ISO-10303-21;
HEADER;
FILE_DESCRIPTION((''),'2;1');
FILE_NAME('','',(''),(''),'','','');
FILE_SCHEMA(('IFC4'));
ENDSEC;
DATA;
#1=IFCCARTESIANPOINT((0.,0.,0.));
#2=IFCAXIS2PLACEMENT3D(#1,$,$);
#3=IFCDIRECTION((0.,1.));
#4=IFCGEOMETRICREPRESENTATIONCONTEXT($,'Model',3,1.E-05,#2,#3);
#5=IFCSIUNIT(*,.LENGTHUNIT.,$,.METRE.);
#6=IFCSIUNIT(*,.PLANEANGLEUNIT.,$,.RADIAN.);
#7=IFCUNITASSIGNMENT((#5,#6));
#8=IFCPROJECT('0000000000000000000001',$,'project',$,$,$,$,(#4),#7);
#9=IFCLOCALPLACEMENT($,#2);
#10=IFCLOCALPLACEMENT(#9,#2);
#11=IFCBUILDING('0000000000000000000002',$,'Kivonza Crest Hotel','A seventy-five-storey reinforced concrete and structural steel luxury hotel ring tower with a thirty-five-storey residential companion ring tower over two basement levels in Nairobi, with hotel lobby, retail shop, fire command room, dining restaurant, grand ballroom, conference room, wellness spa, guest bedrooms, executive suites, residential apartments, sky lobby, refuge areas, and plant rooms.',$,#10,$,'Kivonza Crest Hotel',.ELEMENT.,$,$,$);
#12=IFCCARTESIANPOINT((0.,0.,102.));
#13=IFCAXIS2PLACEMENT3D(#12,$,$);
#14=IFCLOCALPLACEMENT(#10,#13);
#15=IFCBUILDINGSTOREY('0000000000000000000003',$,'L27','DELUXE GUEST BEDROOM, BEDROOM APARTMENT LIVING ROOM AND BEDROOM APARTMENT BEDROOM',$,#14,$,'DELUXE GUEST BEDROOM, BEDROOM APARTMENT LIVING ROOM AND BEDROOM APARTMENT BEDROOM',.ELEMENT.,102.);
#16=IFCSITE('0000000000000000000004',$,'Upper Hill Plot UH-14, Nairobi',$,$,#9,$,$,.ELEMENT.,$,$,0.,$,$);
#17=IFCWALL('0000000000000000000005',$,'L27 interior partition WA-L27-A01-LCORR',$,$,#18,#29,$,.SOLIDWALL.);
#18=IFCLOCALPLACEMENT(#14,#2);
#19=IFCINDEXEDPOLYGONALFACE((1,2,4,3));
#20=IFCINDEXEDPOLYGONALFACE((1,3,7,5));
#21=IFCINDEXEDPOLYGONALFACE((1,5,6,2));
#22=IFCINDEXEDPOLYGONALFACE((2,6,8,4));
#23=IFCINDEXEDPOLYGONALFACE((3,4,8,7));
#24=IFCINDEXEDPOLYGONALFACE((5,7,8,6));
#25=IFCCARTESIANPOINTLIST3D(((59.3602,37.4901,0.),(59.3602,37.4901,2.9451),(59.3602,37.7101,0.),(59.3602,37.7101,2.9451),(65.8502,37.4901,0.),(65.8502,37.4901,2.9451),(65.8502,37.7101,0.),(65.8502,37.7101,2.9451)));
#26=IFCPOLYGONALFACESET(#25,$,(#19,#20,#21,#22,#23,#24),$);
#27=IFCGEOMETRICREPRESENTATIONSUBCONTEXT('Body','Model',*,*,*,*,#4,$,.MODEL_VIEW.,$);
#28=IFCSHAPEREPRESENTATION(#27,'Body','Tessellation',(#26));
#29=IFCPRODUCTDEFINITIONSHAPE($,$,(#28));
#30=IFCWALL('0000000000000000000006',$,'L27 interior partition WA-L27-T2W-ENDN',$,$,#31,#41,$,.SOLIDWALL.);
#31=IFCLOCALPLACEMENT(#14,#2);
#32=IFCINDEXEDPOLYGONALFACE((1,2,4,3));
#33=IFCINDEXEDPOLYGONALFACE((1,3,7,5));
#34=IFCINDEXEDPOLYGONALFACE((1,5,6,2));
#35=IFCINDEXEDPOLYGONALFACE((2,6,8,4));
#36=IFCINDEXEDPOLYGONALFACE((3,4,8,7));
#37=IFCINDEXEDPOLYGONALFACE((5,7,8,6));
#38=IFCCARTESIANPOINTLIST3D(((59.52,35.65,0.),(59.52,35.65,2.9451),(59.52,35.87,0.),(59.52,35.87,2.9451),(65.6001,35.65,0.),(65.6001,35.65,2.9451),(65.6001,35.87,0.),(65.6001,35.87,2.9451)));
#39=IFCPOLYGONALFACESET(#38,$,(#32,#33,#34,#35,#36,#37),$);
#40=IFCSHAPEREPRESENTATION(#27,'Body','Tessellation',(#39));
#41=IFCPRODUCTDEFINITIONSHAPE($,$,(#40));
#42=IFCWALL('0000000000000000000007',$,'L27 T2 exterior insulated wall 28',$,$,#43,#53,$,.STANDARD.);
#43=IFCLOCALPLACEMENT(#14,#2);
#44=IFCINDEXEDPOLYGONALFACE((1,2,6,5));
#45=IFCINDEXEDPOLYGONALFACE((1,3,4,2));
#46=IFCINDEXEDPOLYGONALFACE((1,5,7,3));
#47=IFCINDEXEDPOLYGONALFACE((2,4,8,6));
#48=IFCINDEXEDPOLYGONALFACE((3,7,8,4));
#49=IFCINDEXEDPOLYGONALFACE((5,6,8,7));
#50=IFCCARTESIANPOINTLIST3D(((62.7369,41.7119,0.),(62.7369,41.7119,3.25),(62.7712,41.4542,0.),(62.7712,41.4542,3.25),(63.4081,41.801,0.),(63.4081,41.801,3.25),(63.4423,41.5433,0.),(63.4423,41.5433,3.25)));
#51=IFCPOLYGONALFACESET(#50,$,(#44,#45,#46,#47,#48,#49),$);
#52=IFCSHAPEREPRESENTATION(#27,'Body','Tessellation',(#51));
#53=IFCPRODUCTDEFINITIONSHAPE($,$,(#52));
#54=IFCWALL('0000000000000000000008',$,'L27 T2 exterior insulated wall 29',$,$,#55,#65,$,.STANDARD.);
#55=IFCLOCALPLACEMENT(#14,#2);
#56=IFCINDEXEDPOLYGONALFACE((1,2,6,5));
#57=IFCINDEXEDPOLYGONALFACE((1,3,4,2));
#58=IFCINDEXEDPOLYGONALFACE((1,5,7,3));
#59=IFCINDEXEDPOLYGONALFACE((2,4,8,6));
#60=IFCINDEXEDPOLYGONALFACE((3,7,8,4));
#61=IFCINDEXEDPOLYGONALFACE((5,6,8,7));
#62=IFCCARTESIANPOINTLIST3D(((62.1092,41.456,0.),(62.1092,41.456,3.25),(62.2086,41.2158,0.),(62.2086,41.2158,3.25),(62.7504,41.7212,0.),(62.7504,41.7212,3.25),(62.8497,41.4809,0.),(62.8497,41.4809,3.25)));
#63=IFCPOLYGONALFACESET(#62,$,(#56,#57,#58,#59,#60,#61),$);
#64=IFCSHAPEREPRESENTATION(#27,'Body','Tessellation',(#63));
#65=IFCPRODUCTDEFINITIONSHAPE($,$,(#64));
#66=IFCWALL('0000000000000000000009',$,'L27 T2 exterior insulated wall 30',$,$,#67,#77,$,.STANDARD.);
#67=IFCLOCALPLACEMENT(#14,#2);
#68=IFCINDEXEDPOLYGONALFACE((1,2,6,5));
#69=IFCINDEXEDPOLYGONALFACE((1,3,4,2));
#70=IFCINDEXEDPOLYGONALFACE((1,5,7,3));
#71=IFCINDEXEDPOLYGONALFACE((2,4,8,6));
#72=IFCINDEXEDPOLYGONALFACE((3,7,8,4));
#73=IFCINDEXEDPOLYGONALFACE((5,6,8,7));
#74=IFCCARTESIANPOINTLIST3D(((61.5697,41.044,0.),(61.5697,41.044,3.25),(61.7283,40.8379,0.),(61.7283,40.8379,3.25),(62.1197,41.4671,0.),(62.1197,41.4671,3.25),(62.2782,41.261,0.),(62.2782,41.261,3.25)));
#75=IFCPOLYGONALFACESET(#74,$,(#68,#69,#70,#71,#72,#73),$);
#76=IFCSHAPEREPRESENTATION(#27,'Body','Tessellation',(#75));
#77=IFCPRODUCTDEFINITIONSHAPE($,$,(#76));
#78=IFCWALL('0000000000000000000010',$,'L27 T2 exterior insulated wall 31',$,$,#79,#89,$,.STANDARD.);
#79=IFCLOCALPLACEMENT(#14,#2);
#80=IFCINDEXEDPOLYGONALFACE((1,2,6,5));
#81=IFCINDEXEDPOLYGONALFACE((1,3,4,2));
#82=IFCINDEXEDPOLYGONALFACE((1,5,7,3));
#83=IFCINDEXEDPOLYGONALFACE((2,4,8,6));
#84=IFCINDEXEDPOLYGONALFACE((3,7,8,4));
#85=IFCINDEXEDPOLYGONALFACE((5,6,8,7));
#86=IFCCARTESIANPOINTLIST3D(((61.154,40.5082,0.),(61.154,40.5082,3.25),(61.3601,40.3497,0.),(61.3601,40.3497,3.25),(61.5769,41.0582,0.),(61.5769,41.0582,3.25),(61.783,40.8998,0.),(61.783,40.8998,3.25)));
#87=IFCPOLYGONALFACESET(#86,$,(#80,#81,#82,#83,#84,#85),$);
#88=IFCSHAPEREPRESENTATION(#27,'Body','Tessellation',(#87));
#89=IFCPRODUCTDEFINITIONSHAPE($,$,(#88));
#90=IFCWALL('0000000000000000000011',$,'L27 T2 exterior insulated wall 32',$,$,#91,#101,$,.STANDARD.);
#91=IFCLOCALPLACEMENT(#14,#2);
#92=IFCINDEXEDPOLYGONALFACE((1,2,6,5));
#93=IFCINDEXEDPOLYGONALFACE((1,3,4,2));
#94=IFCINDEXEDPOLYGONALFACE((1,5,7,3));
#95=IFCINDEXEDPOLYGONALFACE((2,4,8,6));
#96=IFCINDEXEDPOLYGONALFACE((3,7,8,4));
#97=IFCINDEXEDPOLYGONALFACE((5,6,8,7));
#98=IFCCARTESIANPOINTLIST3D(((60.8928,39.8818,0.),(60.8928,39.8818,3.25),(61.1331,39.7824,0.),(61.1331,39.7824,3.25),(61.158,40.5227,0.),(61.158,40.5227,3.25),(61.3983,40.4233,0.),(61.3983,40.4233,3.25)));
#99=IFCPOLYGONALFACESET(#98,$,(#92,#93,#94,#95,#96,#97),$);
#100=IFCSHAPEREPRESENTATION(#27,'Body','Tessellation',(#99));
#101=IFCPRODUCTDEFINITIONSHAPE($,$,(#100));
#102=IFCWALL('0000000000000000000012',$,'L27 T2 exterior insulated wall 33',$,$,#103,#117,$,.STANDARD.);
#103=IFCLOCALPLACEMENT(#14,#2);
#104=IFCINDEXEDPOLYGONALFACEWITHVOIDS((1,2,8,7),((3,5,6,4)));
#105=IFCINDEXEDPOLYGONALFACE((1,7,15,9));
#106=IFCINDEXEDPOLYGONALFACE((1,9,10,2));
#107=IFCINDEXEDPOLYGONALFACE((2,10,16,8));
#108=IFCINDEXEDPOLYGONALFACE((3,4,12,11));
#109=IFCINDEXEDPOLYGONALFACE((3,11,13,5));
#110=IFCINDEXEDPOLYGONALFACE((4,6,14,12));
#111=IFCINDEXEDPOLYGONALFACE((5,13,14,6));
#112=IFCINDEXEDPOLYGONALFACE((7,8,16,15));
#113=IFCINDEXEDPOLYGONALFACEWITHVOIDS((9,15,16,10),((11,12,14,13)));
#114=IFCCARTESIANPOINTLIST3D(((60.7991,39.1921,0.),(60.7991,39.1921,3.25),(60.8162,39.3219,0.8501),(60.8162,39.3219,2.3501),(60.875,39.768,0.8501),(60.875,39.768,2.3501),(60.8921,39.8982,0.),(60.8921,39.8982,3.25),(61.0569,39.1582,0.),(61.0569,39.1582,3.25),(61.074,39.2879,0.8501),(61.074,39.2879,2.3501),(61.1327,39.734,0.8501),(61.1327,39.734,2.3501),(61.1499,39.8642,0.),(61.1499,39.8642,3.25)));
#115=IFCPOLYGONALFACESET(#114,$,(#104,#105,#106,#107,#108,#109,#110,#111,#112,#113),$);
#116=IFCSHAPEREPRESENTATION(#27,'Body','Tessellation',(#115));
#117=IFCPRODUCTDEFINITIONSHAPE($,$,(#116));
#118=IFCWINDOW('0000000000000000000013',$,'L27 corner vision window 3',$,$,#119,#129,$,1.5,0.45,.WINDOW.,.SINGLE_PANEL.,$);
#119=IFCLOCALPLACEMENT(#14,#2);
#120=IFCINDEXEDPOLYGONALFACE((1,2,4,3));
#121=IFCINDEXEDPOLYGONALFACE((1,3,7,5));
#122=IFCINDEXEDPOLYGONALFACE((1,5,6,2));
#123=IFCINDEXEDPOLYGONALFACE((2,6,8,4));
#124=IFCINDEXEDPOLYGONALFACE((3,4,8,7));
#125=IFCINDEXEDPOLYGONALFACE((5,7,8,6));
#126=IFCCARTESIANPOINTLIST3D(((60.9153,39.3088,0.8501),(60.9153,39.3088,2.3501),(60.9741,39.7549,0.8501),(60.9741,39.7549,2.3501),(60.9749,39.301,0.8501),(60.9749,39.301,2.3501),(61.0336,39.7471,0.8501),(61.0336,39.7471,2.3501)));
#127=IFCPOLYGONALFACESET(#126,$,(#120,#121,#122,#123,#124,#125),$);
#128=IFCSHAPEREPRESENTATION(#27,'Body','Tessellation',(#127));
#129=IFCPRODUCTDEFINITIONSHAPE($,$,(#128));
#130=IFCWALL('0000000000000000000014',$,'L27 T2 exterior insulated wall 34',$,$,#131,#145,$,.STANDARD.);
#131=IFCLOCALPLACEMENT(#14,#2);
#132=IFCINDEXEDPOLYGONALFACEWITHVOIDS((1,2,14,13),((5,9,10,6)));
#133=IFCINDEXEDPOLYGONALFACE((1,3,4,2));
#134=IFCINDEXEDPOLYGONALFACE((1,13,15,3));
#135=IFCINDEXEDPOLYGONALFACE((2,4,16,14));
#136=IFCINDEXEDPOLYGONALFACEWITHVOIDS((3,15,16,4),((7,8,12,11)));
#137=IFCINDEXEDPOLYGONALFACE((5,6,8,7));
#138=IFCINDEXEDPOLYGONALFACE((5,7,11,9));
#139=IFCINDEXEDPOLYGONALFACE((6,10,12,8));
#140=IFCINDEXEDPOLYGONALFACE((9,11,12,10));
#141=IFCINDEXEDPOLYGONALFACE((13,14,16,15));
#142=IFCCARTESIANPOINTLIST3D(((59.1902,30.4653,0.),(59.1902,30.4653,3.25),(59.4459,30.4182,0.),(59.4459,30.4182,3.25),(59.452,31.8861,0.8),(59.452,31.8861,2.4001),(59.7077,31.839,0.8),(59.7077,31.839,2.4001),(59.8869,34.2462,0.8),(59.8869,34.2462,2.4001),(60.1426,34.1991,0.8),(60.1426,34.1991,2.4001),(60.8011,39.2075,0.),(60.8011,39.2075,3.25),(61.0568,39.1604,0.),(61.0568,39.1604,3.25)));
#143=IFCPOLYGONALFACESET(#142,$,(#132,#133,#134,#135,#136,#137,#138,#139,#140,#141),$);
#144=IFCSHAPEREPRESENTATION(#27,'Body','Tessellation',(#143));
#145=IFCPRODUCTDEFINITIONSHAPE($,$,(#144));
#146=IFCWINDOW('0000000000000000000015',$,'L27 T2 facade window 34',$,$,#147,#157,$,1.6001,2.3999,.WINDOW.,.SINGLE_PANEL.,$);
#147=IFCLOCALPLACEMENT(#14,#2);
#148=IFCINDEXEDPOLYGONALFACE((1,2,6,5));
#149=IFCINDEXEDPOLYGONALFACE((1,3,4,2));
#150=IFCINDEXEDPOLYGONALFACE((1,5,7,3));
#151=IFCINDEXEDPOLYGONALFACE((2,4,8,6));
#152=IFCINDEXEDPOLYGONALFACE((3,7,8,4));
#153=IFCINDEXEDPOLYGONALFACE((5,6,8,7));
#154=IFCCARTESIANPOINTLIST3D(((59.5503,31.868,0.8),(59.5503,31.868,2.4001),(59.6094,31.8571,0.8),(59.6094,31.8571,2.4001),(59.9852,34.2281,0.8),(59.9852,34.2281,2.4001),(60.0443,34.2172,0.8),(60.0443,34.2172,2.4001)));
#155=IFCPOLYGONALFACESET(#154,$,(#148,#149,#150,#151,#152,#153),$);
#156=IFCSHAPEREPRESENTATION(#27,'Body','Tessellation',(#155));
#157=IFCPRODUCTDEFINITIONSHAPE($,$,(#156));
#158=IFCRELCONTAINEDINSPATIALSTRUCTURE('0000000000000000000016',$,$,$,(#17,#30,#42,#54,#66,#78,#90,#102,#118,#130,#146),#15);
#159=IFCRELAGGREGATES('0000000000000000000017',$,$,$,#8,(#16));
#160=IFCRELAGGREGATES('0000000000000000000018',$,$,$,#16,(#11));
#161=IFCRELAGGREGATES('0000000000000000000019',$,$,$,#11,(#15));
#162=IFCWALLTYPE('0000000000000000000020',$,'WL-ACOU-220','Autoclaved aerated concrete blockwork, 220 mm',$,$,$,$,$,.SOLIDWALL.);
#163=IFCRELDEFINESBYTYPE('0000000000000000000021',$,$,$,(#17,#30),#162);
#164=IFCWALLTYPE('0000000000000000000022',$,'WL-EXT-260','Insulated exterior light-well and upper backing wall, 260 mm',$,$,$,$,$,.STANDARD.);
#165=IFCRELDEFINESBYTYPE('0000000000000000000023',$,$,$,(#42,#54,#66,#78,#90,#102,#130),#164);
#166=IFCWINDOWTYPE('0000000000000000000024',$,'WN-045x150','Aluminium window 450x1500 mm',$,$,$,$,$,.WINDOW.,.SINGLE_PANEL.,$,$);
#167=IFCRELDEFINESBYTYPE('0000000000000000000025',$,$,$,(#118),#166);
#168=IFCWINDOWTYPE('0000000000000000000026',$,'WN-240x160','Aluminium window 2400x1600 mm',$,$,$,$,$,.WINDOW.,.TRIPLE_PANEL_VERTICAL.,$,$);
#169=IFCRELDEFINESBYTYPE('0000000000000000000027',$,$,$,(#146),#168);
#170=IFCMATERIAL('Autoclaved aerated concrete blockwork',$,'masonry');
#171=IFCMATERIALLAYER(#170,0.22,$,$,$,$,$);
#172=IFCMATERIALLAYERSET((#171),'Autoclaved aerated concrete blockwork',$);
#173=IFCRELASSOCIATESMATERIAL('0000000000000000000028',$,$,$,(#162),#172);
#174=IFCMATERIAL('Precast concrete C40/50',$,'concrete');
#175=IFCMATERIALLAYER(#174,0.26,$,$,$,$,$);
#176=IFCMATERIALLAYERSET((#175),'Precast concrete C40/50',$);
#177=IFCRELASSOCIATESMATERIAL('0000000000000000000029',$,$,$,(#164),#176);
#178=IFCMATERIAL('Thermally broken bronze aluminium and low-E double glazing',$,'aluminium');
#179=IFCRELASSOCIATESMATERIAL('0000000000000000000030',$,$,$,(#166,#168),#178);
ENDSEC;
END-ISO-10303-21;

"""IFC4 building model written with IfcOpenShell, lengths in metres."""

from ifc_helpers import new_model, si_unit, direction, frame, frame_2d, origin, place, context, subcontext, project, spatial, rectangle, extrude, material, layer, layer_set, type_object, element, fill, save


model = new_model("IFC4")

# Units and contexts
model_context = context("Model", 3, precision=1e-05, world=origin(), true_north=direction((0.0, 1.0)))
body_context = subcontext(model_context, "Body", "Model", "MODEL_VIEW")
ifc_project = project(units=[si_unit("LENGTHUNIT", "METRE"), si_unit("PLANEANGLEUNIT", "RADIAN")], contexts=[model_context])

# Site, building, storey
site_placement = place(None, origin())
site = spatial("IfcSite", under=ifc_project, at=site_placement, Name="Upper Hill Plot UH-14, Nairobi", CompositionType="ELEMENT", RefElevation=0.0)
building_placement = place(site_placement, origin())
building = spatial("IfcBuilding", under=site, at=building_placement, Name="Kivonza Crest Hotel", Description="A seventy-five-storey reinforced concrete and structural steel luxury hotel ring tower with a thirty-five-storey residential companion ring tower over two basement levels in Nairobi, with hotel lobby, retail shop, fire command room, dining restaurant, grand ballroom, conference room, wellness spa, guest bedrooms, executive suites, residential apartments, sky lobby, refuge areas, and plant rooms.", LongName="Kivonza Crest Hotel", CompositionType="ELEMENT")
storey_placement = place(building_placement, frame((0.0, 0.0, 102.0)))
storey = spatial("IfcBuildingStorey", under=building, at=storey_placement, Name="L27", Description="DELUXE GUEST BEDROOM, BEDROOM APARTMENT LIVING ROOM AND BEDROOM APARTMENT BEDROOM", LongName="DELUXE GUEST BEDROOM, BEDROOM APARTMENT LIVING ROOM AND BEDROOM APARTMENT BEDROOM", CompositionType="ELEMENT", Elevation=102.0)

# Walls
ifc_material_1 = material(Name="Autoclaved aerated concrete blockwork", Category="masonry")
ifc_layer_1 = layer(ifc_material_1, 0.22)
ifc_layer_set_1 = layer_set([ifc_layer_1], Name="Autoclaved aerated concrete blockwork")
wall_type_1 = type_object("IfcWallType", Name="WL-ACOU-220", Description="Autoclaved aerated concrete blockwork, 220 mm", PredefinedType="SOLIDWALL", material=ifc_layer_set_1)
wall_1_placement = place(storey_placement, frame((59.3601, 37.6001, 0.0), z_axis=(0.0, 0.0, 1.0), x_axis=(1.0, 0.0, 0.0)))
element("IfcWall", 1, at=wall_1_placement, inside=storey, type_object=wall_type_1, Name="L27 interior partition WA-L27-A01-LCORR", PredefinedType="SOLIDWALL", context=body_context, shape_type="SweptSolid", body=[
    extrude(rectangle(XDim=6.49, YDim=0.22, at=frame_2d((3.2451, 0.0))), origin(), (0.0, 0.0, 1.0), 2.9451),
])
wall_2_placement = place(storey_placement, frame((59.52, 35.76, 0.0), z_axis=(0.0, 0.0, 1.0), x_axis=(1.0, 0.0, 0.0)))
element("IfcWall", 2, at=wall_2_placement, inside=storey, type_object=wall_type_1, Name="L27 interior partition WA-L27-T2W-ENDN", PredefinedType="SOLIDWALL", context=body_context, shape_type="SweptSolid", body=[
    extrude(rectangle(XDim=6.0801, YDim=0.22, at=frame_2d((3.04, 0.0))), origin(), (0.0, 0.0, 1.0), 2.9451),
])
ifc_material_2 = material(Name="Precast concrete C40/50", Category="concrete")
ifc_layer_2 = layer(ifc_material_2, 0.26)
ifc_layer_set_2 = layer_set([ifc_layer_2], Name="Precast concrete C40/50")
wall_type_2 = type_object("IfcWallType", Name="WL-EXT-260", Description="Insulated exterior light-well and upper backing wall, 260 mm", PredefinedType="STANDARD", material=ifc_layer_set_2)
wall_3_placement = place(storey_placement, frame((63.425, 41.6721, 0.0), z_axis=(0.0, 0.0, 1.0), x_axis=(-0.9913, -0.13162, 0.0)))
element("IfcWall", 3, at=wall_3_placement, inside=storey, type_object=wall_type_2, Name="L27 T2 exterior insulated wall 28", PredefinedType="STANDARD", context=body_context, shape_type="SweptSolid", body=[
    extrude(rectangle(XDim=0.677, YDim=0.26, at=frame_2d((0.3384, 0.0))), origin(), (0.0, 0.0, 1.0), 3.25),
])
for number, where, z_axis, x_axis, name in (
    (4, (62.8, 41.6011, 0.0), (0.0, 0.0, 1.0), (-0.924094, -0.382165, 0.0), "L27 T2 exterior insulated wall 29"),
    (5, (62.199, 41.364, 0.0), (0.0, 0.0, 1.0), (-0.792637, -0.609694, 0.0), "L27 T2 exterior insulated wall 30"),
    (6, (61.6799, 40.979, 0.0), (0.0, 0.0, 1.0), (-0.609473, -0.792807, 0.0), "L27 T2 exterior insulated wall 31"),
):
    element("IfcWall", number, at=place(storey_placement, frame(where, z_axis=z_axis, x_axis=x_axis)), inside=storey, type_object=wall_type_2, Name=name, PredefinedType="STANDARD", context=body_context, shape_type="SweptSolid", body=[
        extrude(rectangle(XDim=0.6938, YDim=0.26, at=frame_2d((0.3469, 0.0))), origin(), (0.0, 0.0, 1.0), 3.25),
    ])
wall_4_placement = place(storey_placement, frame((61.2781, 40.4729, 0.0), z_axis=(0.0, 0.0, 1.0), x_axis=(-0.38229, -0.924043, 0.0)))
element("IfcWall", 7, at=wall_4_placement, inside=storey, type_object=wall_type_2, Name="L27 T2 exterior insulated wall 32", PredefinedType="STANDARD", context=body_context, shape_type="SweptSolid", body=[
    extrude(rectangle(XDim=0.6936, YDim=0.26, at=frame_2d((0.3467, 0.0))), origin(), (0.0, 0.0, 1.0), 3.25),
])

# Walls, openings, windows
wall_5_placement = place(storey_placement, frame((61.021, 39.8811, 0.0), z_axis=(0.0, 0.0, 1.0), x_axis=(-0.130614, -0.991433, 0.0)))
wall_5 = element("IfcWall", 8, at=wall_5_placement, inside=storey, type_object=wall_type_2, Name="L27 T2 exterior insulated wall 33", PredefinedType="STANDARD", context=body_context, shape_type="SweptSolid", body=[
    extrude(rectangle(XDim=0.7122, YDim=0.26, at=frame_2d((0.356, 0.0))), origin(), (0.0, 0.0, 1.0), 3.25),
])
opening_1_placement = place(wall_5_placement, frame((0.1311, 0.0, 0.8501)))
opening_1 = element("IfcOpeningElement", 9, at=opening_1_placement, cuts=wall_5, PredefinedType="OPENING", context=body_context, shape_type="SweptSolid", body=[
    extrude(rectangle(XDim=0.45, YDim=1.5, at=frame_2d((0.2251, 0.75))), frame((0.0, 0.1401, 0.0), z_axis=(0.0, -1.0, 0.0), x_axis=(1.0, 0.0, 0.0)), (0.0, 0.0, 1.0), 0.28),
])
ifc_material_3 = material(Name="Thermally broken bronze aluminium and low-E double glazing", Category="aluminium")
window_type_1 = type_object("IfcWindowType", Name="WN-045x150", Description="Aluminium window 450x1500 mm", PartitioningType="SINGLE_PANEL", PredefinedType="WINDOW", material=ifc_material_3)
window_1_placement = place(opening_1_placement, origin())
window_1 = element("IfcWindow", 10, at=window_1_placement, inside=storey, type_object=window_type_1, Name="L27 corner vision window 3", OverallHeight=1.5, OverallWidth=0.45, PartitioningType="SINGLE_PANEL", PredefinedType="WINDOW", context=body_context, shape_type="SweptSolid", body=[
    extrude(rectangle(XDim=0.45, YDim=1.5, at=frame_2d((0.2251, 0.75))), frame((0.0, 0.03, 0.0), z_axis=(0.0, -1.0, 0.0), x_axis=(1.0, 0.0, 0.0)), (0.0, 0.0, 1.0), 0.0601),
])
fill(opening_1, window_1)
wall_6_placement = place(storey_placement, frame((60.929, 39.1841, 0.0), z_axis=(0.0, 0.0, 1.0), x_axis=(-0.18121, -0.983444, 0.0)))
wall_6 = element("IfcWall", 11, at=wall_6_placement, inside=storey, type_object=wall_type_2, Name="L27 T2 exterior insulated wall 34", PredefinedType="STANDARD", context=body_context, shape_type="SweptSolid", body=[
    extrude(rectangle(XDim=8.8894, YDim=0.26, at=frame_2d((4.4448, 0.0))), origin(), (0.0, 0.0, 1.0), 3.25),
])
opening_2_placement = place(wall_6_placement, frame((5.0449, 0.0, 0.8)))
opening_2 = element("IfcOpeningElement", 12, at=opening_2_placement, cuts=wall_6, PredefinedType="OPENING", context=body_context, shape_type="SweptSolid", body=[
    extrude(rectangle(XDim=2.3999, YDim=1.6001, at=frame_2d((1.2, 0.8))), frame((0.0, 0.1401, 0.0), z_axis=(0.0, -1.0, 0.0), x_axis=(1.0, 0.0, 0.0)), (0.0, 0.0, 1.0), 0.28),
])
window_type_2 = type_object("IfcWindowType", Name="WN-240x160", Description="Aluminium window 2400x1600 mm", PartitioningType="TRIPLE_PANEL_VERTICAL", PredefinedType="WINDOW", material=ifc_material_3)
window_2_placement = place(opening_2_placement, origin())
window_2 = element("IfcWindow", 13, at=window_2_placement, inside=storey, type_object=window_type_2, Name="L27 T2 facade window 34", OverallHeight=1.6001, OverallWidth=2.3999, PartitioningType="SINGLE_PANEL", PredefinedType="WINDOW", context=body_context, shape_type="SweptSolid", body=[
    extrude(rectangle(XDim=2.3999, YDim=1.6001, at=frame_2d((1.2, 0.8))), frame((0.0, 0.03, 0.0), z_axis=(0.0, -1.0, 0.0), x_axis=(1.0, 0.0, 0.0)), (0.0, 0.0, 1.0), 0.0601),
])
fill(opening_2, window_2)

save(model, "model.ifc")
